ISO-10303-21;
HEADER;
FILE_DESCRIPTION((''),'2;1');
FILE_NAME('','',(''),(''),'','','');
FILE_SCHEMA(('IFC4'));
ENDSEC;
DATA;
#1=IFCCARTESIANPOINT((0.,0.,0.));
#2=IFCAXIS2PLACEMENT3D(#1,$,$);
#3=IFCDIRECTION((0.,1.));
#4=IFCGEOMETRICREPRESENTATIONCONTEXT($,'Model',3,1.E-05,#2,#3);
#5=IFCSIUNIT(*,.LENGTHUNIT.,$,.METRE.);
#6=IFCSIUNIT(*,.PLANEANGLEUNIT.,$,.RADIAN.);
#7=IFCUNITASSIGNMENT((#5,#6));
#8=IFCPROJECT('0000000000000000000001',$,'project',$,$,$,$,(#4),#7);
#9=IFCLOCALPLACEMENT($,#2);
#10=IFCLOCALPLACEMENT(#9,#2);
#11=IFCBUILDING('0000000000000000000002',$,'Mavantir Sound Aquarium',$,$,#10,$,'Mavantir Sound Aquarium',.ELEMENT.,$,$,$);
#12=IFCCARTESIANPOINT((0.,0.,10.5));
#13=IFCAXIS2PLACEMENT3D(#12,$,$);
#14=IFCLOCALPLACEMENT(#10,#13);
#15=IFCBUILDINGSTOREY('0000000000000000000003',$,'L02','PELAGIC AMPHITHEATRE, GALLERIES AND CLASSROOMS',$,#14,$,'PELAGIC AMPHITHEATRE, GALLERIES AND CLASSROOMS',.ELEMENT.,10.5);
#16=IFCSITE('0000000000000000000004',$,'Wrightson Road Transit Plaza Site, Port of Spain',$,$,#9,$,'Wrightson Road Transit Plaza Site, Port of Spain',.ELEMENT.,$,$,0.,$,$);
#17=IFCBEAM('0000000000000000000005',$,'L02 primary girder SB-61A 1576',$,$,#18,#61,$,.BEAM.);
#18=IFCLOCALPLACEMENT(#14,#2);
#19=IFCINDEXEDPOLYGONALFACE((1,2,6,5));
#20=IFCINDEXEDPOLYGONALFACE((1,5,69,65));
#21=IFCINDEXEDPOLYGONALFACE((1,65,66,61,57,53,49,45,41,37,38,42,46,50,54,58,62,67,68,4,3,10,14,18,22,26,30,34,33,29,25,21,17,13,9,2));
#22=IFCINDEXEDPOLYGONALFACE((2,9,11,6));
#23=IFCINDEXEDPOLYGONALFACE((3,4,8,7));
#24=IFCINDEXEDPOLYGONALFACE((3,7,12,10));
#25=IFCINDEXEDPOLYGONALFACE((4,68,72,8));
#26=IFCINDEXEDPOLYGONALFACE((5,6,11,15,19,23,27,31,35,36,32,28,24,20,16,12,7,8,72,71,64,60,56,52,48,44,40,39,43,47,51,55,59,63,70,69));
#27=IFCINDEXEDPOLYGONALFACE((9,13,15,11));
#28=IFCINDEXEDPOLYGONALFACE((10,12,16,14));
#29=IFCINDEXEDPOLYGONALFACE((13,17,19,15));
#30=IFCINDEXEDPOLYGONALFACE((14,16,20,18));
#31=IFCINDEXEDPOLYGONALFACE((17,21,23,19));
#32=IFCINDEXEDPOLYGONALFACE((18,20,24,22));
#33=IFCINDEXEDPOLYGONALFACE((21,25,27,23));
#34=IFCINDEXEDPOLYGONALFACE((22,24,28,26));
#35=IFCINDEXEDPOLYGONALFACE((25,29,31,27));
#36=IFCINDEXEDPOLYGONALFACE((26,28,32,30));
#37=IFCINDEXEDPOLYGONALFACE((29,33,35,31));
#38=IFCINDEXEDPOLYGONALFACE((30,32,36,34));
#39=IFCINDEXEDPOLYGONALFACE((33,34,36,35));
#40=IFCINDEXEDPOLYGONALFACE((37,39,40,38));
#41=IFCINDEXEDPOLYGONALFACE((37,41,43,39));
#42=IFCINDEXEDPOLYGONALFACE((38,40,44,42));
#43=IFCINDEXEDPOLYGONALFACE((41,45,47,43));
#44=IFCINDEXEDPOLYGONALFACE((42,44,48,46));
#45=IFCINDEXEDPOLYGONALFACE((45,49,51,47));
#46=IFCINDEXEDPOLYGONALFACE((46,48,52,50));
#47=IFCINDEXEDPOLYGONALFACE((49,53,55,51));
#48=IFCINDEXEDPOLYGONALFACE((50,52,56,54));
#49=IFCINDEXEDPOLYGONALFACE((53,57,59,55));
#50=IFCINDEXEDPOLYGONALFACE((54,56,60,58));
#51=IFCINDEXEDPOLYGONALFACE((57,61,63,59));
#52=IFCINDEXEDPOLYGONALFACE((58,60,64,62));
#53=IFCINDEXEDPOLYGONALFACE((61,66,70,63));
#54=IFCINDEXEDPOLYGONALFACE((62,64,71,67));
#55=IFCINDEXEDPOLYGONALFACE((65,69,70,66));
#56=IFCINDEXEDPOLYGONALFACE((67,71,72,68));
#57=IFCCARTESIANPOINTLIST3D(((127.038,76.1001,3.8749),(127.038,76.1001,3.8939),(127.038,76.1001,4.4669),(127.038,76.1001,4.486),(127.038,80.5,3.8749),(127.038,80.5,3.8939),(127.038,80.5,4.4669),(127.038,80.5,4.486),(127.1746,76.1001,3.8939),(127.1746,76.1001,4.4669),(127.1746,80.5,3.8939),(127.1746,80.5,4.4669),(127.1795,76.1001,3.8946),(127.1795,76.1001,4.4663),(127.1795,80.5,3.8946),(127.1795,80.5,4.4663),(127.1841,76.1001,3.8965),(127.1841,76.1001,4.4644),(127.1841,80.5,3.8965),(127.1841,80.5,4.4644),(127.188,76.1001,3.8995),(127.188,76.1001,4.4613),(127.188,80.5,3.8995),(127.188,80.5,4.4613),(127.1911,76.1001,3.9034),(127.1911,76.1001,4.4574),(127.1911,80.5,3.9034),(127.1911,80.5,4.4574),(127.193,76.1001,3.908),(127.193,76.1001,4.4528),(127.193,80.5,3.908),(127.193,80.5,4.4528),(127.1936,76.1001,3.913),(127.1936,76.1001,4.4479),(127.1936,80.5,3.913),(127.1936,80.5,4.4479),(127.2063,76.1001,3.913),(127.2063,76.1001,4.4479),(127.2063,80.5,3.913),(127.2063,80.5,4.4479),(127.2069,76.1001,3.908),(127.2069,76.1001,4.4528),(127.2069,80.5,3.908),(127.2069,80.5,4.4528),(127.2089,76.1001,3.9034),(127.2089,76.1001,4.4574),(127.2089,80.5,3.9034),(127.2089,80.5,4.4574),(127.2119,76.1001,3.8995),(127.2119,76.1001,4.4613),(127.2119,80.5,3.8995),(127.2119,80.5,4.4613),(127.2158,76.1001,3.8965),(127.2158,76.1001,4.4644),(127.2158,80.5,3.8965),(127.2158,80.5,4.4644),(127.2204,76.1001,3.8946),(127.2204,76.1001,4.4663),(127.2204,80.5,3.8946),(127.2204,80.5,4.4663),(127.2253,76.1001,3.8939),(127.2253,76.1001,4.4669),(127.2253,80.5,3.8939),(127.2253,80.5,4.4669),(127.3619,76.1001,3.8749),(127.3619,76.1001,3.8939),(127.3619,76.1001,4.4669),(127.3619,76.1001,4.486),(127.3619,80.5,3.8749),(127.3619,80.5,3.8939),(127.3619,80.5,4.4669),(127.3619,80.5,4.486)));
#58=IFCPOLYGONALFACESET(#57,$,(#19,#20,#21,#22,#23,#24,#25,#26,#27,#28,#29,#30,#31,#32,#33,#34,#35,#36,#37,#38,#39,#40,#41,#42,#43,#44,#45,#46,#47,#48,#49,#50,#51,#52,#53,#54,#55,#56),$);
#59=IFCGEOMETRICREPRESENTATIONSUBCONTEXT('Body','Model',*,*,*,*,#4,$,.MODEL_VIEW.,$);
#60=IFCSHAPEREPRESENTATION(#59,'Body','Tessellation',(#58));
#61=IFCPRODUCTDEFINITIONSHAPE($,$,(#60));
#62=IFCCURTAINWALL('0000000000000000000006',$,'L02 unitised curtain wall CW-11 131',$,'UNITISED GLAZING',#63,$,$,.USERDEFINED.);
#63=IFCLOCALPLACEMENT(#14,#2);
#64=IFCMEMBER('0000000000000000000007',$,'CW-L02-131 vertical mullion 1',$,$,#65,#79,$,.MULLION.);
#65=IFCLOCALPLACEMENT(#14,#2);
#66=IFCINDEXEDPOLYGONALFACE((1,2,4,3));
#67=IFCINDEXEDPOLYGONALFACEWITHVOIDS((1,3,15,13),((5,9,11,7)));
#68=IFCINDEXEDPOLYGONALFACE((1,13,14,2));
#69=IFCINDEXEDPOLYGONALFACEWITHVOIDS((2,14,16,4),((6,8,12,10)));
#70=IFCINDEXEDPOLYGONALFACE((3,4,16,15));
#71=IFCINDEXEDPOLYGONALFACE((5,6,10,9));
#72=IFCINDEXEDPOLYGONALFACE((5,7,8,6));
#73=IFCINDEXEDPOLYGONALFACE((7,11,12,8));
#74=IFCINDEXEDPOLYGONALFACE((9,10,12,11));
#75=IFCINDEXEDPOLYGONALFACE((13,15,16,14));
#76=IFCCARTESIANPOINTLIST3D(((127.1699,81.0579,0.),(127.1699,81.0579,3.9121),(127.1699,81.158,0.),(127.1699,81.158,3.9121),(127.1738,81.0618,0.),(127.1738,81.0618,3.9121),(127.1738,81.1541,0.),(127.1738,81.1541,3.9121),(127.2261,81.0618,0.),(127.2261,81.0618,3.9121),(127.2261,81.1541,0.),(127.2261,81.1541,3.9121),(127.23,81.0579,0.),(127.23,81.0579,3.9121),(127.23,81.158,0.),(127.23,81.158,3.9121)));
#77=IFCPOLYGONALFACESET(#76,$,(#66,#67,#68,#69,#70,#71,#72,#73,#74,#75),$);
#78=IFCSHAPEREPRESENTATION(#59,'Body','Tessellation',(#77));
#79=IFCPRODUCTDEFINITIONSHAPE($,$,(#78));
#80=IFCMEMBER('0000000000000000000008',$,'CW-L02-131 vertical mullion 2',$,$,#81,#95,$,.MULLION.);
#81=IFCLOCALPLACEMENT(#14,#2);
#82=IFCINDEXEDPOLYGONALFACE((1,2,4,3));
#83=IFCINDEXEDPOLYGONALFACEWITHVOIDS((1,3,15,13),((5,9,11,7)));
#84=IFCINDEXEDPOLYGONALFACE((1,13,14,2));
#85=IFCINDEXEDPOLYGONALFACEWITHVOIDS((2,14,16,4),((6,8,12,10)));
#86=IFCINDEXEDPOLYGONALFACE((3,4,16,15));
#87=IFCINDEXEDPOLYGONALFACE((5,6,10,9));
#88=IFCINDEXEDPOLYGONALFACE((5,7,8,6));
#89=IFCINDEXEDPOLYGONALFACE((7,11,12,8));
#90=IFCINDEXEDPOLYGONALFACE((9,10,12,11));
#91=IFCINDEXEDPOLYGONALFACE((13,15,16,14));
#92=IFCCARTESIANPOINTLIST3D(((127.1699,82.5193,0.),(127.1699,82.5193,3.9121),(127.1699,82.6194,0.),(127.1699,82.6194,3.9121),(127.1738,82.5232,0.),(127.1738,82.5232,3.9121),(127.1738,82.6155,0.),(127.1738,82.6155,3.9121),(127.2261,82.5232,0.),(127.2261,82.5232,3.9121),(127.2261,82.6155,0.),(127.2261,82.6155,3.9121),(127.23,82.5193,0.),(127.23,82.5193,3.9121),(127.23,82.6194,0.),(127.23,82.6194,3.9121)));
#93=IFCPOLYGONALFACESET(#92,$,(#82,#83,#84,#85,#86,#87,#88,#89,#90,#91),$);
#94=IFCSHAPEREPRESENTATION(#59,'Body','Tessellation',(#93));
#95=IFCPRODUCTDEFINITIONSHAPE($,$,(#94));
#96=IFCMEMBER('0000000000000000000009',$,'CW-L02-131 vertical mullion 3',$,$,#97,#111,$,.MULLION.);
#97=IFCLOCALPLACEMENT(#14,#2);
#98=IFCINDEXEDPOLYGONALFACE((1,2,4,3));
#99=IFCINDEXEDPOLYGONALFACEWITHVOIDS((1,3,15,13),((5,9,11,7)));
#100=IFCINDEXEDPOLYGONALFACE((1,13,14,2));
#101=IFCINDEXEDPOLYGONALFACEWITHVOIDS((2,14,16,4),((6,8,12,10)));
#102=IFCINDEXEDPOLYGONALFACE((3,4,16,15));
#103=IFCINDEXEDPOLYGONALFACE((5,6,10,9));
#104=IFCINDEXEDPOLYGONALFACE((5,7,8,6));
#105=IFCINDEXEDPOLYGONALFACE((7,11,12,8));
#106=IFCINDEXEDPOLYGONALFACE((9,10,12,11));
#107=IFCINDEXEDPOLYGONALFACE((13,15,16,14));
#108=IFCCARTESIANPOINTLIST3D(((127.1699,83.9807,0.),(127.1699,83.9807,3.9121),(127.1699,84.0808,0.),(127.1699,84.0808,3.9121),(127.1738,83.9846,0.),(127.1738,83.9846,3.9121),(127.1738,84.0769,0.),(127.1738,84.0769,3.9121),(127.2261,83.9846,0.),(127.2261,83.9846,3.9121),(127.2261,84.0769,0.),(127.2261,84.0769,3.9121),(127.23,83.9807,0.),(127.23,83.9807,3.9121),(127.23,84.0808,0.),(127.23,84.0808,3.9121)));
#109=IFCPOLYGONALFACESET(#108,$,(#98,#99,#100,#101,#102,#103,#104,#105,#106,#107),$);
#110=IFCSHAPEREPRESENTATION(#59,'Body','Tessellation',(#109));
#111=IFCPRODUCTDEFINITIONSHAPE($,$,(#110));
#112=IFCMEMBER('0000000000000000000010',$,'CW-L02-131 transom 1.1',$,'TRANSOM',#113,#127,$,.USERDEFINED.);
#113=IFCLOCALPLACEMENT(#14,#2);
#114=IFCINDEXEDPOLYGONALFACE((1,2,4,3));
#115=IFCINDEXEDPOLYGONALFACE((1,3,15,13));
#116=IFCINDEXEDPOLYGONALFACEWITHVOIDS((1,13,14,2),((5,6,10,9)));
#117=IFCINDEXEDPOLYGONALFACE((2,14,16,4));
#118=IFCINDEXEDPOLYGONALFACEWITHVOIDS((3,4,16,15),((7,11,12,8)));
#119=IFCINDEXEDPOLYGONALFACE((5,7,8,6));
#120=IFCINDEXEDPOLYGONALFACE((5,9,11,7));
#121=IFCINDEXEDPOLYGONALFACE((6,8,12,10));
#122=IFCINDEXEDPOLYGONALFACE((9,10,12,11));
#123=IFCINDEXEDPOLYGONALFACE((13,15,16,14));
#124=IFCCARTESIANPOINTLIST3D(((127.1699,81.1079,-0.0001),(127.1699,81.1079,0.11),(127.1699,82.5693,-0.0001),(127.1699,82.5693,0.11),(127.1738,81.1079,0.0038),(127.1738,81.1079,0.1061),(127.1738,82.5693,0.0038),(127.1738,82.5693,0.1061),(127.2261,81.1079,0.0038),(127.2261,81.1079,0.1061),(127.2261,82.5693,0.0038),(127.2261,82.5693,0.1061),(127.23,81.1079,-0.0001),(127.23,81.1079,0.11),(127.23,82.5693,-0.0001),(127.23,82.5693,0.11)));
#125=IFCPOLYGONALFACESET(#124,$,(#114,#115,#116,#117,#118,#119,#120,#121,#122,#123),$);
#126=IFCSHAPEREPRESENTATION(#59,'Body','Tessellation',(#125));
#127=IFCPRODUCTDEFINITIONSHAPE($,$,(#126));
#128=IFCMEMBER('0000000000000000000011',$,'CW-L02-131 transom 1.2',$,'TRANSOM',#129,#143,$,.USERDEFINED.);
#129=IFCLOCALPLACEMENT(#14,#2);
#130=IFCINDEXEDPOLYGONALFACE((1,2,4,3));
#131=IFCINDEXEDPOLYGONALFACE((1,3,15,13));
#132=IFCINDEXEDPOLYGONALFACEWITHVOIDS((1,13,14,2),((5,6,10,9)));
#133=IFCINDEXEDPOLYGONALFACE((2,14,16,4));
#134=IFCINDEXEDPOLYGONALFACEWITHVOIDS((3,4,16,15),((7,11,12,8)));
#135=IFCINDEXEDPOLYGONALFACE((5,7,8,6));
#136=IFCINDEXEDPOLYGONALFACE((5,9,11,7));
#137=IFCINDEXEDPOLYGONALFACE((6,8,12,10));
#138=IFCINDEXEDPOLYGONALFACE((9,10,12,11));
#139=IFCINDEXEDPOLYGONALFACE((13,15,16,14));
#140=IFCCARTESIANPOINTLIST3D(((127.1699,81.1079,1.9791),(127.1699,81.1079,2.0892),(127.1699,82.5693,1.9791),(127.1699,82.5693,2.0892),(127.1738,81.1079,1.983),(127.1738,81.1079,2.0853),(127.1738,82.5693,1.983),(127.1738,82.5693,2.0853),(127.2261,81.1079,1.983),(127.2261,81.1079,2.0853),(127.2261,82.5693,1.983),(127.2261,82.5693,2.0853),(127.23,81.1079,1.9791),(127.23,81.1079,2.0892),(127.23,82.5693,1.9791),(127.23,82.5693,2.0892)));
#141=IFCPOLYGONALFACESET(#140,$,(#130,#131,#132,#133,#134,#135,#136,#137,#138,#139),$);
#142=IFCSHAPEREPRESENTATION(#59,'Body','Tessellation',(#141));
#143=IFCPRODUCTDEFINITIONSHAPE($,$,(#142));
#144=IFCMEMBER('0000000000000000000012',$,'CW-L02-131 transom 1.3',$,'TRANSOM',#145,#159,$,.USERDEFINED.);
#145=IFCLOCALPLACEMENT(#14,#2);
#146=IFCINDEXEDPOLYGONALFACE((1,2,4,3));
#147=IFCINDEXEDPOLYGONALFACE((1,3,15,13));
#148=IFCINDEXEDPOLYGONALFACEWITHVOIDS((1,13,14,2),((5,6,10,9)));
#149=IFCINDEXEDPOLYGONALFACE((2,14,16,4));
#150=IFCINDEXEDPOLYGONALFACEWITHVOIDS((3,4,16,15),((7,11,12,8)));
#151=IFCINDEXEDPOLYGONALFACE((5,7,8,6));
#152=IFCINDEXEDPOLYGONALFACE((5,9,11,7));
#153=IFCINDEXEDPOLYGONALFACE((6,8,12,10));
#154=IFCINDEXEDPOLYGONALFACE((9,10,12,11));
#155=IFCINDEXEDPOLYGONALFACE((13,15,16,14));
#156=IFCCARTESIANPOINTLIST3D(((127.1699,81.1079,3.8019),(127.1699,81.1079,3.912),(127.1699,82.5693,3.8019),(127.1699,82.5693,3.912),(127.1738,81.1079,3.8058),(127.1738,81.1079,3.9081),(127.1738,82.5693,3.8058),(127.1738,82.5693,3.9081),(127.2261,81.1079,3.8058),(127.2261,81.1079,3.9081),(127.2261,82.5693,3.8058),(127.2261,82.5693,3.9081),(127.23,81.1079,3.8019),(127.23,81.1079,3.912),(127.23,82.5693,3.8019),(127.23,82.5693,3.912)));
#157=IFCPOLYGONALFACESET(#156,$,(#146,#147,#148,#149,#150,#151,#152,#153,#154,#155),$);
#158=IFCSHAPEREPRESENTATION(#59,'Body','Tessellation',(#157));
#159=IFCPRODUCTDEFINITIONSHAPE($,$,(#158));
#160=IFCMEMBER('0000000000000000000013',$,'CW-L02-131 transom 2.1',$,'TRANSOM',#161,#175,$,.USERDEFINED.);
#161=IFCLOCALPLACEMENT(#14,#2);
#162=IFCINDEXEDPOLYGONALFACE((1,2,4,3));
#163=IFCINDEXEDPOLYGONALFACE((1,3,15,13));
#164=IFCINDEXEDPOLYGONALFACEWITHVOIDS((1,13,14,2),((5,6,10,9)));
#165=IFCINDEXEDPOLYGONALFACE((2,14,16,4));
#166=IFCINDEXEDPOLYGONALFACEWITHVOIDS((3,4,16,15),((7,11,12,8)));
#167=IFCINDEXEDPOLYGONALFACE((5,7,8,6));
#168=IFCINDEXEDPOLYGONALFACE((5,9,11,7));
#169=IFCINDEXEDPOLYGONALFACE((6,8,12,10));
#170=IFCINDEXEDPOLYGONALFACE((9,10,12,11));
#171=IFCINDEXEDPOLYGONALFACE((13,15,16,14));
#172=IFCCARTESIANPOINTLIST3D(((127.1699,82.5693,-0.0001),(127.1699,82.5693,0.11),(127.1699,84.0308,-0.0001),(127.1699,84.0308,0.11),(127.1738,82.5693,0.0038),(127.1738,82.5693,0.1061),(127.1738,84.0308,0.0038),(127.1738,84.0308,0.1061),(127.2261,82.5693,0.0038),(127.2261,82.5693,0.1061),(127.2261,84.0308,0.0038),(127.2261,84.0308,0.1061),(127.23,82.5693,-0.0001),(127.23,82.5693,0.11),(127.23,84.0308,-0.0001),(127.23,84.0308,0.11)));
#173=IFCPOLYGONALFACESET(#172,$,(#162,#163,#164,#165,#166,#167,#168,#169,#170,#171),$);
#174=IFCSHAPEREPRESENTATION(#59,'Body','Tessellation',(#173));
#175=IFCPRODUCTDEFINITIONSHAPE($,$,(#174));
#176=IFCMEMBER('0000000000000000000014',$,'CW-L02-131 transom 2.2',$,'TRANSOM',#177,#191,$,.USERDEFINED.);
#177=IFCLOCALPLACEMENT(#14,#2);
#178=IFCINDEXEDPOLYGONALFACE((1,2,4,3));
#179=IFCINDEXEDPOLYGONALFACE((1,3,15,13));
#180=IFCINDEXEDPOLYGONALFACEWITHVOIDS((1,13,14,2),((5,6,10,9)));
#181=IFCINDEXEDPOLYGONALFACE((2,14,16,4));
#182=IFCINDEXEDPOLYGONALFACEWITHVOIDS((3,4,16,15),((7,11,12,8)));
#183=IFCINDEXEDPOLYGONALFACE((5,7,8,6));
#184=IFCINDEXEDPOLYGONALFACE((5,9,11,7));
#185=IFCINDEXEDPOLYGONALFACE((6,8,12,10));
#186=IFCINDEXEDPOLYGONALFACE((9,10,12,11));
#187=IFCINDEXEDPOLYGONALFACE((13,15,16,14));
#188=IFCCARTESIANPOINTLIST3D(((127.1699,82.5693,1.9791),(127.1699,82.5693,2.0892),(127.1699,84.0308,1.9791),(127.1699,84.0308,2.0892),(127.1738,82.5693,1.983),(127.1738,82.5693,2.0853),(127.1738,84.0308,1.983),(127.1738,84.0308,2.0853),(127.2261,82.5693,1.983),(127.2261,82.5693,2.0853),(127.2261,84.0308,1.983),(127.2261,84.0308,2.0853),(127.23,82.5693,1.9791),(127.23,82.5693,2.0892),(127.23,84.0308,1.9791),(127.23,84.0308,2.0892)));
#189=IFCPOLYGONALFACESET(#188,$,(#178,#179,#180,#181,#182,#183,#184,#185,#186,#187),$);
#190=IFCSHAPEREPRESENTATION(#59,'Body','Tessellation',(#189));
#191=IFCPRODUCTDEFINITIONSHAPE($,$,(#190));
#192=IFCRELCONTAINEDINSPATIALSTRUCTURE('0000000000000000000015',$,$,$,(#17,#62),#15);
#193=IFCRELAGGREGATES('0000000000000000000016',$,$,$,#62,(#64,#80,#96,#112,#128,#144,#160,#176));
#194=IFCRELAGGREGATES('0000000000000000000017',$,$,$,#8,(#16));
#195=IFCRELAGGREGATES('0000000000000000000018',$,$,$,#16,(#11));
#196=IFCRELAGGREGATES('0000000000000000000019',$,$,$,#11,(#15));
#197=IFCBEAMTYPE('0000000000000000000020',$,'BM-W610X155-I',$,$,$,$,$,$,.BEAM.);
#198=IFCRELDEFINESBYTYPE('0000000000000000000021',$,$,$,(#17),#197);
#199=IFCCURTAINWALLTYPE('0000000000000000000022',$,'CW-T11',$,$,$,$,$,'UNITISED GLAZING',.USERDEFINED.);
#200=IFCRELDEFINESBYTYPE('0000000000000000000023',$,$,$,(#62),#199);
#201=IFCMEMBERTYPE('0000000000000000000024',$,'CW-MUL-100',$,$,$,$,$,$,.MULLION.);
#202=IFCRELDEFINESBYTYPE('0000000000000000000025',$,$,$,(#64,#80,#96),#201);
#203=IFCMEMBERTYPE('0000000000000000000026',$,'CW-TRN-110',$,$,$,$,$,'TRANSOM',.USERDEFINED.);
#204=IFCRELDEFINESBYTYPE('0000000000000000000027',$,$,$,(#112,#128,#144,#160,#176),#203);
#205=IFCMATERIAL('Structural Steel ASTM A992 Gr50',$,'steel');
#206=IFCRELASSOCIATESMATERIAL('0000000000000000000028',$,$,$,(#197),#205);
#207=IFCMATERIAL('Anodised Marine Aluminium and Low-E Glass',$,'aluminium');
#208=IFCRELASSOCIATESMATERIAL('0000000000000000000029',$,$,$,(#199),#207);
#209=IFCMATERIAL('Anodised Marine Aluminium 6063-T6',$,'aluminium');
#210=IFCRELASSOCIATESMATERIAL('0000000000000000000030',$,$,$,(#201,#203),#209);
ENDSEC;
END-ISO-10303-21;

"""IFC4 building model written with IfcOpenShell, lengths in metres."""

from ifc_helpers import new_model, si_unit, direction, frame, origin, origin_2d, place, context, subcontext, project, spatial, hollow_rectangle, i_section, extrude, material, material_profile, profile_set, type_object, element, aggregate, save


model = new_model("IFC4")

# Units and contexts
model_context = context("Model", 3, precision=1e-05, world=origin(), true_north=direction((0.0, 1.0)))
body_context = subcontext(model_context, "Body", "Model", "MODEL_VIEW")
ifc_project = project(units=[si_unit("LENGTHUNIT", "METRE"), si_unit("PLANEANGLEUNIT", "RADIAN")], contexts=[model_context])

# Site, building, storey
site_placement = place(None, origin())
site = spatial("IfcSite", under=ifc_project, at=site_placement, Name="Wrightson Road Transit Plaza Site, Port of Spain", LongName="Wrightson Road Transit Plaza Site, Port of Spain", CompositionType="ELEMENT", RefElevation=0.0)
building_placement = place(site_placement, origin())
building = spatial("IfcBuilding", under=site, at=building_placement, Name="Mavantir Sound Aquarium", LongName="Mavantir Sound Aquarium", CompositionType="ELEMENT")
storey_placement = place(building_placement, frame((0.0, 0.0, 10.5)))
storey = spatial("IfcBuildingStorey", under=building, at=storey_placement, Name="L02", Description="PELAGIC AMPHITHEATRE, GALLERIES AND CLASSROOMS", LongName="PELAGIC AMPHITHEATRE, GALLERIES AND CLASSROOMS", CompositionType="ELEMENT", Elevation=10.5)

# Beam
ifc_material_1 = material(Name="Structural Steel ASTM A992 Gr50", Category="steel")
ifc_material_profile_1 = material_profile(ifc_material_1, i_section(OverallWidth=0.324, OverallDepth=0.6111, WebThickness=0.0127, FlangeThickness=0.019, FilletRadius=0.019, at=origin_2d()), Name="W610X155")
ifc_profile_set_1 = profile_set([ifc_material_profile_1], Name="Structural Steel ASTM A992 Gr50")
beam_type_1 = type_object("IfcBeamType", Name="BM-W610X155-I", PredefinedType="BEAM", material=ifc_profile_set_1)
for number, where, z_axis, x_axis, name in (
    (1, (127.2, 76.1001, 4.1804), (0.0, 1.0, 0.0), (-1.0, 0.0, 0.0), "L02 primary girder SB-61A 1576"),
):
    element("IfcBeam", number, at=place(storey_placement, frame(where, z_axis=z_axis, x_axis=x_axis)), inside=storey, type_object=beam_type_1, Name=name, PredefinedType="BEAM", context=body_context, shape_type="SweptSolid", body=[
        extrude(i_section(OverallWidth=0.324, OverallDepth=0.6111, WebThickness=0.0127, FlangeThickness=0.019, FilletRadius=0.019, at=origin_2d()), origin(), (0.0, 0.0, 1.0), 4.3999),
    ])

# Curtain wall, members
ifc_material_2 = material(Name="Anodised Marine Aluminium and Low-E Glass", Category="aluminium")
curtain_wall_type = type_object("IfcCurtainWallType", Name="CW-T11", ElementType="UNITISED GLAZING", PredefinedType="USERDEFINED", material=ifc_material_2)
curtain_wall_placement = place(storey_placement, origin())
curtain_wall = element("IfcCurtainWall", 2, at=curtain_wall_placement, inside=storey, type_object=curtain_wall_type, Name="L02 unitised curtain wall CW-11 131", ObjectType="UNITISED GLAZING", PredefinedType="USERDEFINED")
ifc_material_3 = material(Name="Anodised Marine Aluminium 6063-T6", Category="aluminium")
ifc_material_profile_2 = material_profile(ifc_material_3, hollow_rectangle(XDim=0.0601, YDim=0.1001, WallThickness=0.0039, at=origin_2d()), Name="ALU-MULLION-100X60")
ifc_profile_set_2 = profile_set([ifc_material_profile_2], Name="Anodised Marine Aluminium 6063-T6")
member_type_1 = type_object("IfcMemberType", Name="CW-MUL-100", PredefinedType="MULLION", material=ifc_profile_set_2)
member_1_placement = place(storey_placement, frame((127.2, 81.1079, 0.0), z_axis=(0.0, 0.0, 1.0), x_axis=(1.0, 0.0, 0.0)))
member_1 = element("IfcMember", 3, at=member_1_placement, type_object=member_type_1, Name="CW-L02-131 vertical mullion 1", PredefinedType="MULLION", context=body_context, shape_type="SweptSolid", body=[
    extrude(hollow_rectangle(XDim=0.0601, YDim=0.1001, WallThickness=0.0039, at=origin_2d()), origin(), (0.0, 0.0, 1.0), 3.9121),
])
member_2_placement = place(storey_placement, frame((127.2, 82.5693, 0.0), z_axis=(0.0, 0.0, 1.0), x_axis=(1.0, 0.0, 0.0)))
member_2 = element("IfcMember", 4, at=member_2_placement, type_object=member_type_1, Name="CW-L02-131 vertical mullion 2", PredefinedType="MULLION", context=body_context, shape_type="SweptSolid", body=[
    extrude(hollow_rectangle(XDim=0.0601, YDim=0.1001, WallThickness=0.0039, at=origin_2d()), origin(), (0.0, 0.0, 1.0), 3.9121),
])
member_3_placement = place(storey_placement, frame((127.2, 84.0308, 0.0), z_axis=(0.0, 0.0, 1.0), x_axis=(1.0, 0.0, 0.0)))
member_3 = element("IfcMember", 5, at=member_3_placement, type_object=member_type_1, Name="CW-L02-131 vertical mullion 3", PredefinedType="MULLION", context=body_context, shape_type="SweptSolid", body=[
    extrude(hollow_rectangle(XDim=0.0601, YDim=0.1001, WallThickness=0.0039, at=origin_2d()), origin(), (0.0, 0.0, 1.0), 3.9121),
])
ifc_material_profile_3 = material_profile(ifc_material_3, hollow_rectangle(XDim=0.0601, YDim=0.1101, WallThickness=0.0039, at=origin_2d()), Name="ALU-TRANSOM-110X60")
ifc_profile_set_3 = profile_set([ifc_material_profile_3], Name="Anodised Marine Aluminium 6063-T6")
member_type_2 = type_object("IfcMemberType", Name="CW-TRN-110", ElementType="TRANSOM", PredefinedType="USERDEFINED", material=ifc_profile_set_3)
member_4_placement = place(storey_placement, frame((127.2, 81.1079, 0.0549), z_axis=(0.0, 1.0, 0.0), x_axis=(-1.0, 0.0, 0.0)))
member_4 = element("IfcMember", 6, at=member_4_placement, type_object=member_type_2, Name="CW-L02-131 transom 1.1", ObjectType="TRANSOM", PredefinedType="USERDEFINED", context=body_context, shape_type="SweptSolid", body=[
    extrude(hollow_rectangle(XDim=0.0601, YDim=0.1101, WallThickness=0.0039, at=origin_2d()), origin(), (0.0, 0.0, 1.0), 1.4614),
])
member_5_placement = place(storey_placement, frame((127.2, 81.1079, 2.0342), z_axis=(0.0, 1.0, 0.0), x_axis=(-1.0, 0.0, 0.0)))
member_5 = element("IfcMember", 7, at=member_5_placement, type_object=member_type_2, Name="CW-L02-131 transom 1.2", ObjectType="TRANSOM", PredefinedType="USERDEFINED", context=body_context, shape_type="SweptSolid", body=[
    extrude(hollow_rectangle(XDim=0.0601, YDim=0.1101, WallThickness=0.0039, at=origin_2d()), origin(), (0.0, 0.0, 1.0), 1.4614),
])
member_6_placement = place(storey_placement, frame((127.2, 81.1079, 3.8569), z_axis=(0.0, 1.0, 0.0), x_axis=(-1.0, 0.0, 0.0)))
member_6 = element("IfcMember", 8, at=member_6_placement, type_object=member_type_2, Name="CW-L02-131 transom 1.3", ObjectType="TRANSOM", PredefinedType="USERDEFINED", context=body_context, shape_type="SweptSolid", body=[
    extrude(hollow_rectangle(XDim=0.0601, YDim=0.1101, WallThickness=0.0039, at=origin_2d()), origin(), (0.0, 0.0, 1.0), 1.4614),
])
member_7_placement = place(storey_placement, frame((127.2, 82.5693, 0.0549), z_axis=(0.0, 1.0, 0.0), x_axis=(-1.0, 0.0, 0.0)))
member_7 = element("IfcMember", 9, at=member_7_placement, type_object=member_type_2, Name="CW-L02-131 transom 2.1", ObjectType="TRANSOM", PredefinedType="USERDEFINED", context=body_context, shape_type="SweptSolid", body=[
    extrude(hollow_rectangle(XDim=0.0601, YDim=0.1101, WallThickness=0.0039, at=origin_2d()), origin(), (0.0, 0.0, 1.0), 1.4614),
])
member_8_placement = place(storey_placement, frame((127.2, 82.5693, 2.0342), z_axis=(0.0, 1.0, 0.0), x_axis=(-1.0, 0.0, 0.0)))
member_8 = element("IfcMember", 10, at=member_8_placement, type_object=member_type_2, Name="CW-L02-131 transom 2.2", ObjectType="TRANSOM", PredefinedType="USERDEFINED", context=body_context, shape_type="SweptSolid", body=[
    extrude(hollow_rectangle(XDim=0.0601, YDim=0.1101, WallThickness=0.0039, at=origin_2d()), origin(), (0.0, 0.0, 1.0), 1.4614),
])
aggregate(curtain_wall, [member_1, member_2, member_3, member_4, member_5, member_6, member_7, member_8])

save(model, "model.ifc")
